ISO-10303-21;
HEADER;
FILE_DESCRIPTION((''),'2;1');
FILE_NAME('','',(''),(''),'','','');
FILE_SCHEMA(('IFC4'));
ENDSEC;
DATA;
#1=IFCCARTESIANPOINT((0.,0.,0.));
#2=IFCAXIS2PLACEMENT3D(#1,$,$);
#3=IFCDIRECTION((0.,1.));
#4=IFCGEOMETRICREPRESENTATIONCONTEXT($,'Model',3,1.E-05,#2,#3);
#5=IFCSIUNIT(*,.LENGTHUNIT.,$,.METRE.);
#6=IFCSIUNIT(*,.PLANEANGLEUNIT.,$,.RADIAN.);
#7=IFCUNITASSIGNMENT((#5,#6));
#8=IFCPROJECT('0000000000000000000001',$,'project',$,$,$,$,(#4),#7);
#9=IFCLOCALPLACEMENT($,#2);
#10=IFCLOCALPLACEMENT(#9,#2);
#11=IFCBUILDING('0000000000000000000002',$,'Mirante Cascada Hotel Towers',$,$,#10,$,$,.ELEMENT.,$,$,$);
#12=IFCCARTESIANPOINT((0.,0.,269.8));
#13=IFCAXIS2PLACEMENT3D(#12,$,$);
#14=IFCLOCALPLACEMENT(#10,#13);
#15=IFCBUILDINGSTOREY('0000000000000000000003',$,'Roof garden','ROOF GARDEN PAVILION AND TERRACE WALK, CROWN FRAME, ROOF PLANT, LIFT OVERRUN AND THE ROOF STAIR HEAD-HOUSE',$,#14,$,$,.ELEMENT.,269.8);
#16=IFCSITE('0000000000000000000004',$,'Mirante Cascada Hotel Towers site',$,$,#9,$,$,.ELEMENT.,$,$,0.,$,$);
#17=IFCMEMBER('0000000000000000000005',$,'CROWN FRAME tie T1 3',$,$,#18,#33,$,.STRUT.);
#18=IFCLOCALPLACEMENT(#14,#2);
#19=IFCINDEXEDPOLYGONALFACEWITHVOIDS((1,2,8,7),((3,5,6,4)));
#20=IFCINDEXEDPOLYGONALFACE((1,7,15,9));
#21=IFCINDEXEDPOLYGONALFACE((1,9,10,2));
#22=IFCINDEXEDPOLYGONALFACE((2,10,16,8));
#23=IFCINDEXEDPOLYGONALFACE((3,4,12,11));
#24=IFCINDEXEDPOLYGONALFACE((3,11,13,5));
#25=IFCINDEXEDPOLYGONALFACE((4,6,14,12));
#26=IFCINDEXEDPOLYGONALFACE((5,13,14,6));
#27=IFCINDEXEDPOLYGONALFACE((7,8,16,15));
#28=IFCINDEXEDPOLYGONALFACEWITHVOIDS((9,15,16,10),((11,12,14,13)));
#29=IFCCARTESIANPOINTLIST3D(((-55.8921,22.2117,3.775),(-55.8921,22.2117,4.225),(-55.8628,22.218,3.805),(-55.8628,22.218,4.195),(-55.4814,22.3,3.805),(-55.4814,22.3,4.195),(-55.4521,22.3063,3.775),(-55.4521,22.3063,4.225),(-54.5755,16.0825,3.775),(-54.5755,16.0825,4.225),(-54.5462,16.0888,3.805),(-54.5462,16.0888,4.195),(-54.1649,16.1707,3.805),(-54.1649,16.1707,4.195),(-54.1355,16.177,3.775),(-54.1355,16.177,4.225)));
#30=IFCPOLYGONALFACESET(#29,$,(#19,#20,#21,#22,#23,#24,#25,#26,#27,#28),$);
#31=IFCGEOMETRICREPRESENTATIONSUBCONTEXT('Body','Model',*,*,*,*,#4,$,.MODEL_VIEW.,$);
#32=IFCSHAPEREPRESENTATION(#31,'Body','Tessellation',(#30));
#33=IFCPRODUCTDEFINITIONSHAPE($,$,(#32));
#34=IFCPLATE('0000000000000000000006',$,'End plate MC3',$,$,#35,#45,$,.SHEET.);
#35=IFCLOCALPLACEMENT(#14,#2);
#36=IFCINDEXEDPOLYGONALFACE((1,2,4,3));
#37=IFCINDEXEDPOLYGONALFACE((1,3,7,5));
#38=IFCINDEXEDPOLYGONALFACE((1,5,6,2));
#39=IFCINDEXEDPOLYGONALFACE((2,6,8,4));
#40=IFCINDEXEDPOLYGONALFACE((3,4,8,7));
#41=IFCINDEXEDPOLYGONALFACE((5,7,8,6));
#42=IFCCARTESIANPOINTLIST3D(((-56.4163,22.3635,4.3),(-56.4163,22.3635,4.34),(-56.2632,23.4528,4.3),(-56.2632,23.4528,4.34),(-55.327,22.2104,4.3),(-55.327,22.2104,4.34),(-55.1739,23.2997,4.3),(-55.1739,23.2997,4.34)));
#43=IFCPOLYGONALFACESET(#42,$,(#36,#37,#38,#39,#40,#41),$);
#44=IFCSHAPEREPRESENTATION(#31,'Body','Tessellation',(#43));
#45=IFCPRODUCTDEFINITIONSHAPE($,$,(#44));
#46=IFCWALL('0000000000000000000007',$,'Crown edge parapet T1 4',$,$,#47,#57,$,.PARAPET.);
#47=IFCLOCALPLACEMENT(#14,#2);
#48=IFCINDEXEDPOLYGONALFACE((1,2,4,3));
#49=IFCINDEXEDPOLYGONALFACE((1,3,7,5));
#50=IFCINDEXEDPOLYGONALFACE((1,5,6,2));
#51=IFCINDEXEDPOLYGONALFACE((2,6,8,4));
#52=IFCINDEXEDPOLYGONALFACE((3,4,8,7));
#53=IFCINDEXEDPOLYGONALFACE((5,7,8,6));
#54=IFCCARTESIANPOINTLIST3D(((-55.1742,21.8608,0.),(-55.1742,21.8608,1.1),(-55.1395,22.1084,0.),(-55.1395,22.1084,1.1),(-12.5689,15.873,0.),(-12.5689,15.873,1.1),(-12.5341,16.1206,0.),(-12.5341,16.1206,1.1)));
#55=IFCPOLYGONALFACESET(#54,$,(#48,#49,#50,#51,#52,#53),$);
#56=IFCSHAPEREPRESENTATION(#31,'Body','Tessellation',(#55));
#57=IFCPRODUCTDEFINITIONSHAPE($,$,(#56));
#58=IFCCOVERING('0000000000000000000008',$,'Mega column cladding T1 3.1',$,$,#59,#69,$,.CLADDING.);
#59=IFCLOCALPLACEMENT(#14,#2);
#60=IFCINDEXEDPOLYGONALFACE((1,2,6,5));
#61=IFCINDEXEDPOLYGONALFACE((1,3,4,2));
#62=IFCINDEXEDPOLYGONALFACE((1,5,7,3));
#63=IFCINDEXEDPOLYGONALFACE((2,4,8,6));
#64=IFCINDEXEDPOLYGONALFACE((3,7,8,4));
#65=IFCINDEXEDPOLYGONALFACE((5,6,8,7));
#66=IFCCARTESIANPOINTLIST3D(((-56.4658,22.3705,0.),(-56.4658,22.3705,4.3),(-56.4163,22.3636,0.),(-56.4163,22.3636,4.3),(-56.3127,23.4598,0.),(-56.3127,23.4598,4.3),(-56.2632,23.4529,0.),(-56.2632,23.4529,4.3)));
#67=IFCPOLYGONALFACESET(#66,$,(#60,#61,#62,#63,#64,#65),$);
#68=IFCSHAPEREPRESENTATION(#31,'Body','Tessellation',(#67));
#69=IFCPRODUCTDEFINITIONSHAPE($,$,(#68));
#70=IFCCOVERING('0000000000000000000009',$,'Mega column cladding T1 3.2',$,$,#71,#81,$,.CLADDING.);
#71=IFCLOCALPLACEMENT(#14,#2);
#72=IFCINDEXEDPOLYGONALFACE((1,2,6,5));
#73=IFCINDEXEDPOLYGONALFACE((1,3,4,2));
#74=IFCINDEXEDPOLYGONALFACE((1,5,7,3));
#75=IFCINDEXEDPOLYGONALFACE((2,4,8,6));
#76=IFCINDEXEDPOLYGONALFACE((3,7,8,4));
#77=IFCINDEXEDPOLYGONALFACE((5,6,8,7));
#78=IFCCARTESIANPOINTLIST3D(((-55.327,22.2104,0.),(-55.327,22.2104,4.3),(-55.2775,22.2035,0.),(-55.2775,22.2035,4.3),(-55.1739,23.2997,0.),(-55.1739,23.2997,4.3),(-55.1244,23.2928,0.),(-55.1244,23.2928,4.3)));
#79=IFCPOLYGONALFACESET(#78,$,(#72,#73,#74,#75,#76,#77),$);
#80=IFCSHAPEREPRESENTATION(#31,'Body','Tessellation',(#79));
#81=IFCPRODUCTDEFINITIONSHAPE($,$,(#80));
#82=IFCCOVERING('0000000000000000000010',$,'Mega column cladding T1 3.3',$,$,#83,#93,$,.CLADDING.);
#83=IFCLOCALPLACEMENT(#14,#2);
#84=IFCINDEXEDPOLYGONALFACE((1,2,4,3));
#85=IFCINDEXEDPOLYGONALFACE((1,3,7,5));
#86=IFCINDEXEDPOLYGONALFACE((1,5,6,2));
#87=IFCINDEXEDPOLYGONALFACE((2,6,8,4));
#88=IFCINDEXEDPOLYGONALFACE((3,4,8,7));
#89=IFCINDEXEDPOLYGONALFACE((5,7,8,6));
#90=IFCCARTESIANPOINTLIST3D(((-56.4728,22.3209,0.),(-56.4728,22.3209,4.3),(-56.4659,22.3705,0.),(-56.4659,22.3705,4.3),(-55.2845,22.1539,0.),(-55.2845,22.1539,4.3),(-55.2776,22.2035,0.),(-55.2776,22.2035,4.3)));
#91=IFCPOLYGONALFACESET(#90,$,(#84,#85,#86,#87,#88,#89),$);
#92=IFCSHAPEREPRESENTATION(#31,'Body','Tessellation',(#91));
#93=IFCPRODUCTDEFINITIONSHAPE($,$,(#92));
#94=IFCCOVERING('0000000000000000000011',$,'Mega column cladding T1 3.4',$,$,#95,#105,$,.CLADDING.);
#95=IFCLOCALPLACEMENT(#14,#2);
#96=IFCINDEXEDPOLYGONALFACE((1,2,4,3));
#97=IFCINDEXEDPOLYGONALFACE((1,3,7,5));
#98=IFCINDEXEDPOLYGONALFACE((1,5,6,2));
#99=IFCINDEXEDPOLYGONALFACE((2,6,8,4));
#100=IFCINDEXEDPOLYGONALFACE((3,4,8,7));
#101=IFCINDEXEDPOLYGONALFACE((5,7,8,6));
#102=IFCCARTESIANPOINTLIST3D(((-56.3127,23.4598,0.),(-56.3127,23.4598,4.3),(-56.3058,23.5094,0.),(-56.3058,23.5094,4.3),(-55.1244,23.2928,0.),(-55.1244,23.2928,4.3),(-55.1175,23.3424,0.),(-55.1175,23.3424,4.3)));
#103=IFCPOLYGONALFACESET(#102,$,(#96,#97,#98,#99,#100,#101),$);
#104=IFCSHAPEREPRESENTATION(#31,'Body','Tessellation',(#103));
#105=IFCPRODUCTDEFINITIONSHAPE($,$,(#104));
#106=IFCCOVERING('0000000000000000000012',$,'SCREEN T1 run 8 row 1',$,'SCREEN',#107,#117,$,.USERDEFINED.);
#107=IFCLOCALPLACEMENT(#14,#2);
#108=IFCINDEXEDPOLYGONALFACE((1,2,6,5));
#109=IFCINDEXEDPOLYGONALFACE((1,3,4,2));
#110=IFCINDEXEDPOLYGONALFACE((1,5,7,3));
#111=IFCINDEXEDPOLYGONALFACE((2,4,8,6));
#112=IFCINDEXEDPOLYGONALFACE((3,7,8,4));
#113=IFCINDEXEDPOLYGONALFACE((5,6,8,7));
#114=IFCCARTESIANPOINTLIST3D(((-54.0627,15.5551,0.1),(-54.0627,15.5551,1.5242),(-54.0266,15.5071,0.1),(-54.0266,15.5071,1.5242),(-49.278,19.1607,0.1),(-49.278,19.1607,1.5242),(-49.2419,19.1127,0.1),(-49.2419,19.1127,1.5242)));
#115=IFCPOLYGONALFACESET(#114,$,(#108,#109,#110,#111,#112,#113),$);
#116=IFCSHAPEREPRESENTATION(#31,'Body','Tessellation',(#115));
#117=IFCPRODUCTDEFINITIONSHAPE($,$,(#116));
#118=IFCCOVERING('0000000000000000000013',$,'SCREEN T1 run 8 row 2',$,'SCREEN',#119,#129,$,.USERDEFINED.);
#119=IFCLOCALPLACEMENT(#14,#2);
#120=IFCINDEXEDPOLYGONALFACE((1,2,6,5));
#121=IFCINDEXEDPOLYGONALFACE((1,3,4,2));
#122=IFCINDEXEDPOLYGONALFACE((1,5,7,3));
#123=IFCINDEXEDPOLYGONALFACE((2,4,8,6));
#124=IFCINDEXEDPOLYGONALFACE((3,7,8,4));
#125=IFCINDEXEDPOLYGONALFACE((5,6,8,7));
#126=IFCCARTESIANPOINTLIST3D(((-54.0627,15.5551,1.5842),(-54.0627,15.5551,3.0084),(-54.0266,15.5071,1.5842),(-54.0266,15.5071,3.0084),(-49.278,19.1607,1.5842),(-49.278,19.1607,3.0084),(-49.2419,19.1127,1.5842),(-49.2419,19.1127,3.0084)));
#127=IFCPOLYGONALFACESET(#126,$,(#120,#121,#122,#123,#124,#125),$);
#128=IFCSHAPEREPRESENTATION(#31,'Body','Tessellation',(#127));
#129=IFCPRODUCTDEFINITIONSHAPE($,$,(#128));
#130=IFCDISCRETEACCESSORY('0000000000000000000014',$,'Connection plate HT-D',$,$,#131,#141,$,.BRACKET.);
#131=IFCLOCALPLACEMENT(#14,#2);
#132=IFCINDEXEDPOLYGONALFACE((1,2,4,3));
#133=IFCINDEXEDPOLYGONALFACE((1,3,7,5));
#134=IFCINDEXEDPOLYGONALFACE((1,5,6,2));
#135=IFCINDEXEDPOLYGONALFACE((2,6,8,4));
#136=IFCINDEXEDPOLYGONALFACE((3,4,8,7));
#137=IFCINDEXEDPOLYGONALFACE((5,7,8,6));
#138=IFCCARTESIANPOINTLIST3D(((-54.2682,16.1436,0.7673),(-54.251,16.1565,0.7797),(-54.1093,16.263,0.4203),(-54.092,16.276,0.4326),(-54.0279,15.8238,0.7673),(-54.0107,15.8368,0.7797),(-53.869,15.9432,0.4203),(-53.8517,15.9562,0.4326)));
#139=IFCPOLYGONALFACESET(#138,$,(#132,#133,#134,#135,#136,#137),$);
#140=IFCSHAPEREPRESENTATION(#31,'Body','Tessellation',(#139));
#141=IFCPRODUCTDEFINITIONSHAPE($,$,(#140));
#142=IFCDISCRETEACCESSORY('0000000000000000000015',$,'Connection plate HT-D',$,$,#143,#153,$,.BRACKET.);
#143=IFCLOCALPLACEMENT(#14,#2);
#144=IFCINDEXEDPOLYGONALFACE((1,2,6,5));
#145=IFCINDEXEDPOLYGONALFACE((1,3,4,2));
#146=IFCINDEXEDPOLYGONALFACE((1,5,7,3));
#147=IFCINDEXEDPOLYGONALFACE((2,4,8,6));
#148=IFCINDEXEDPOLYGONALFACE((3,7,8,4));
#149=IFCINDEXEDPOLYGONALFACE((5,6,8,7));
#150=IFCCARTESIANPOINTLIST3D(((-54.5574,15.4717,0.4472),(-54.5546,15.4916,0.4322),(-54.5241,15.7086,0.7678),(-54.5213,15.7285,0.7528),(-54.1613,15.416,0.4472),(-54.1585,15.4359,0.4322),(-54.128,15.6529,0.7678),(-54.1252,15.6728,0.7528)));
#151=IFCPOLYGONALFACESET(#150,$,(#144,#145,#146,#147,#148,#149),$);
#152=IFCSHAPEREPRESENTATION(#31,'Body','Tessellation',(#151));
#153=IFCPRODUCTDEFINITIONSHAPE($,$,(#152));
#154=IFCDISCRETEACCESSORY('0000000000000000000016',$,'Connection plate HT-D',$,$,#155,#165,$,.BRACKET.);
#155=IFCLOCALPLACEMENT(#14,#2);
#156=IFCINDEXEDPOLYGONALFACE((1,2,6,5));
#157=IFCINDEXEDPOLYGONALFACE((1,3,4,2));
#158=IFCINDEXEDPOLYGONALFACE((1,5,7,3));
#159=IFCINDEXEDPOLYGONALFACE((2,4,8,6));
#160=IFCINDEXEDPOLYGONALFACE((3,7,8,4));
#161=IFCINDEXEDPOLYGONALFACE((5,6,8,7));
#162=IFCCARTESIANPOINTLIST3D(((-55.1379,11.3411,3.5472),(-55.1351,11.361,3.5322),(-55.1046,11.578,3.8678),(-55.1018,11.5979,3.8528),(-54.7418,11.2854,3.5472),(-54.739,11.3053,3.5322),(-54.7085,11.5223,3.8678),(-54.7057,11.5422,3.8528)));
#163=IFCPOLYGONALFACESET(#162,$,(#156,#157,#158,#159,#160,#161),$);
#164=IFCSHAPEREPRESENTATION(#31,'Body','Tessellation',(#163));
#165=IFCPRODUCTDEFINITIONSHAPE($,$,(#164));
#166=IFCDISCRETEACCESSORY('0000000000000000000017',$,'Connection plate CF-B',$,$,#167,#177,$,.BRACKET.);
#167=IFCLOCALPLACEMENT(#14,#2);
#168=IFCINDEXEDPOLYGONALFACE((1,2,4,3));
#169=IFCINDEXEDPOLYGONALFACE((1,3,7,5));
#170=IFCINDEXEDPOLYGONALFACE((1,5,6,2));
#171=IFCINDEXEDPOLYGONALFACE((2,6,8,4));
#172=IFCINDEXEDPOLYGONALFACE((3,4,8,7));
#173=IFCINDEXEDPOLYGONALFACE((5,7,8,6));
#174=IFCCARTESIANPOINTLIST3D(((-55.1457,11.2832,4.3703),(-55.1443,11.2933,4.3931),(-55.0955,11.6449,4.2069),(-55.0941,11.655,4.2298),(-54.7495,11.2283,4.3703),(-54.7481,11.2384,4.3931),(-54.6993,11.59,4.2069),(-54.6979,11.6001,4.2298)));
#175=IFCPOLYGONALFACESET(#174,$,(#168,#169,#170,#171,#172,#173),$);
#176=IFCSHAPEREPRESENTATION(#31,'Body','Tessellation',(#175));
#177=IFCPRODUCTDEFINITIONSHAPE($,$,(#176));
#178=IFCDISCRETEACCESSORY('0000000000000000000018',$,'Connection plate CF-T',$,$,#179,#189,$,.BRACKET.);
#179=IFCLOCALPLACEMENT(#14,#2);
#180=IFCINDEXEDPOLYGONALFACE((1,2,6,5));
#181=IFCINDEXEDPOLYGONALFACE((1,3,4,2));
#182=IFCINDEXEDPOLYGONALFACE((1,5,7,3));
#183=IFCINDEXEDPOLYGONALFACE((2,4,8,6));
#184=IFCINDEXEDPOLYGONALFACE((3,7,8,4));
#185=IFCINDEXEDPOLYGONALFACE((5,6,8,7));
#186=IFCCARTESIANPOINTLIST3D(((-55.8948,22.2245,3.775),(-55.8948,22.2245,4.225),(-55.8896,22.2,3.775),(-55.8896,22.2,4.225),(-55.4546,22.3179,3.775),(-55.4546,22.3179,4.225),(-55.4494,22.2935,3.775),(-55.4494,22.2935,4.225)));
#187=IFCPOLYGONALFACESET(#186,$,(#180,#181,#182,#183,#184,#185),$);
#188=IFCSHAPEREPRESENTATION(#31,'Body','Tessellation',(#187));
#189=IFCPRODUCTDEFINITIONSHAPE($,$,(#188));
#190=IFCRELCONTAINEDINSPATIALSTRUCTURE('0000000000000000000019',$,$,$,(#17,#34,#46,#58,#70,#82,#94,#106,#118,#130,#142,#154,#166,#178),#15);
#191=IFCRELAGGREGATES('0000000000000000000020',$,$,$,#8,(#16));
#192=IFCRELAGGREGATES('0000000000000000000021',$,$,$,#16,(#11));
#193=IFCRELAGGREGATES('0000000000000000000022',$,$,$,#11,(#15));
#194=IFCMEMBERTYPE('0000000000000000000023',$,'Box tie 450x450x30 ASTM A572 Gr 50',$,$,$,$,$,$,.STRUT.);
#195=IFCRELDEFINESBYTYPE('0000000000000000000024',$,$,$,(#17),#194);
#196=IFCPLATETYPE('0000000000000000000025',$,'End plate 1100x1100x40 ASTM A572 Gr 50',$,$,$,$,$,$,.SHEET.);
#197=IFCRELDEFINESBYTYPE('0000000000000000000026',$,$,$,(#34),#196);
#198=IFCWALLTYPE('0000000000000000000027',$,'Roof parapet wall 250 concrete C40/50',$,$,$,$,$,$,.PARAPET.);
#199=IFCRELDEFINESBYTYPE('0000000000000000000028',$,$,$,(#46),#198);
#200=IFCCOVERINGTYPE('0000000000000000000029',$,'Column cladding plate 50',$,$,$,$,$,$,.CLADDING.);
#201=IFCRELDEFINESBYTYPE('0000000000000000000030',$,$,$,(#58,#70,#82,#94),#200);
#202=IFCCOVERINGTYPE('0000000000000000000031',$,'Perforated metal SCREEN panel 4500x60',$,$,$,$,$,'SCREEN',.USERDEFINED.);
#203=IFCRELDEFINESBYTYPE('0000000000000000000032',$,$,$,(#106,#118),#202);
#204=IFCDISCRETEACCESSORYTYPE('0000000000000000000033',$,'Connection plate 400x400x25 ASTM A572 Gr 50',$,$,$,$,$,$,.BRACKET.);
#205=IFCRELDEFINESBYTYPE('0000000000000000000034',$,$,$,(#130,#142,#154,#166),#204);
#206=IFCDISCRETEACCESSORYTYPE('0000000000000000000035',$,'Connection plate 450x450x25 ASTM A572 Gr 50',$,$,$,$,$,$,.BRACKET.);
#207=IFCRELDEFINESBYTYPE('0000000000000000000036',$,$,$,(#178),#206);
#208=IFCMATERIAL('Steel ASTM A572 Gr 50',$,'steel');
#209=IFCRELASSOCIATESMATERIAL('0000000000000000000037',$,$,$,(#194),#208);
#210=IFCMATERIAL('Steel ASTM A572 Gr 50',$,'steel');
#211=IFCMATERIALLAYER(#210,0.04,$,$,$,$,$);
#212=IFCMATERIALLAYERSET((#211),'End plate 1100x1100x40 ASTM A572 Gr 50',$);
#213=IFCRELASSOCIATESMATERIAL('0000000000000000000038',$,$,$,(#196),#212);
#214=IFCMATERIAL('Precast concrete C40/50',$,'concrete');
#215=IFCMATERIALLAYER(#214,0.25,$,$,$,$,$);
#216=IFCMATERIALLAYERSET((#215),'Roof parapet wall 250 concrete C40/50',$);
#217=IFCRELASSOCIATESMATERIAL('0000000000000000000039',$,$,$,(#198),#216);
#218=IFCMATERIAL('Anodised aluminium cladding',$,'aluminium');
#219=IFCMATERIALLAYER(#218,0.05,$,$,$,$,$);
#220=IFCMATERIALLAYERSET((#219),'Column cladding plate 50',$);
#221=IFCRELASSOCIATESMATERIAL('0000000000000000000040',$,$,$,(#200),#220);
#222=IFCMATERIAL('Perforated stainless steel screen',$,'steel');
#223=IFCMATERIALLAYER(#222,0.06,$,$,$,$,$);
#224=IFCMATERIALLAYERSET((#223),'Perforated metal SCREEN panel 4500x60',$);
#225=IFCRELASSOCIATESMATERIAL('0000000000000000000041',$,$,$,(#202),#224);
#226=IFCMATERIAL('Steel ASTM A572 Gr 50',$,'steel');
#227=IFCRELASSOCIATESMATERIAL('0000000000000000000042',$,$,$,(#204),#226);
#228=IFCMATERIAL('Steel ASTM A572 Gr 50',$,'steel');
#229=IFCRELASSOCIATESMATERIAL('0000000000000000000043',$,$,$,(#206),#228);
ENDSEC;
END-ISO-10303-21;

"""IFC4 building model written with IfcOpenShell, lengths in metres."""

from ifc_helpers import new_model, si_unit, direction, frame, frame_2d, origin, origin_2d, place, context, subcontext, project, spatial, rectangle, hollow_rectangle, extrude, material, layer, layer_set, material_profile, profile_set, type_object, element, save


model = new_model("IFC4")

# Units and contexts
model_context = context("Model", 3, precision=1e-05, world=origin(), true_north=direction((0.0, 1.0)))
body_context = subcontext(model_context, "Body", "Model", "MODEL_VIEW")
ifc_project = project(units=[si_unit("LENGTHUNIT", "METRE"), si_unit("PLANEANGLEUNIT", "RADIAN")], contexts=[model_context])

# Site, building, storey
site_placement = place(None, origin())
site = spatial("IfcSite", under=ifc_project, at=site_placement, Name="Mirante Cascada Hotel Towers site", CompositionType="ELEMENT", RefElevation=0.0)
building_placement = place(site_placement, origin())
building = spatial("IfcBuilding", under=site, at=building_placement, Name="Mirante Cascada Hotel Towers", CompositionType="ELEMENT")
storey_placement = place(building_placement, frame((0.0, 0.0, 269.8)))
storey = spatial("IfcBuildingStorey", under=building, at=storey_placement, Name="Roof garden", Description="ROOF GARDEN PAVILION AND TERRACE WALK, CROWN FRAME, ROOF PLANT, LIFT OVERRUN AND THE ROOF STAIR HEAD-HOUSE", CompositionType="ELEMENT", Elevation=269.8)

# Member
ifc_material_1 = material(Name="Steel ASTM A572 Gr 50", Category="steel")
ifc_material_profile_1 = material_profile(ifc_material_1, hollow_rectangle(XDim=0.45, YDim=0.45, WallThickness=0.03, at=origin_2d()), Name="Box tie 450x450x30 ASTM A572 Gr 50")
ifc_profile_set_1 = profile_set([ifc_material_profile_1], Name="Steel ASTM A572 Gr 50")
member_type_1 = type_object("IfcMemberType", Name="Box tie 450x450x30 ASTM A572 Gr 50", PredefinedType="STRUT", material=ifc_profile_set_1)
member_1_placement = place(storey_placement, frame((-55.6721, 22.259, 4.0), z_axis=(0.210014, -0.977698, 0.0), x_axis=(0.977698, 0.210014, 0.0)))
element("IfcMember", 1, at=member_1_placement, inside=storey, type_object=member_type_1, Name="CROWN FRAME tie T1 3", PredefinedType="STRUT", context=body_context, shape_type="SweptSolid", body=[
    extrude(hollow_rectangle(XDim=0.45, YDim=0.45, WallThickness=0.03, at=origin_2d()), origin(), (0.0, 0.0, 1.0), 6.2691),
])

# Plate
ifc_material_2 = material(Name="Steel ASTM A572 Gr 50", Category="steel")
ifc_layer_1 = layer(ifc_material_2, 0.04)
ifc_layer_set_1 = layer_set([ifc_layer_1], Name="End plate 1100x1100x40 ASTM A572 Gr 50")
plate_type = type_object("IfcPlateType", Name="End plate 1100x1100x40 ASTM A572 Gr 50", PredefinedType="SHEET", material=ifc_layer_set_1)
plate_placement = place(storey_placement, frame((-55.7951, 22.8316, 4.3), z_axis=(0.0, 0.0, 1.0), x_axis=(-0.990268, 0.139173, 0.0)))
element("IfcPlate", 2, at=plate_placement, inside=storey, type_object=plate_type, Name="End plate MC3", PredefinedType="SHEET", context=body_context, shape_type="SweptSolid", body=[
    extrude(rectangle(XDim=1.1, YDim=1.1, at=origin_2d()), origin(), (0.0, 0.0, 1.0), 0.04),
])

# Wall
ifc_material_3 = material(Name="Precast concrete C40/50", Category="concrete")
ifc_layer_2 = layer(ifc_material_3, 0.25)
ifc_layer_set_2 = layer_set([ifc_layer_2], Name="Roof parapet wall 250 concrete C40/50")
wall_type = type_object("IfcWallType", Name="Roof parapet wall 250 concrete C40/50", PredefinedType="PARAPET", material=ifc_layer_set_2)
wall_placement = place(storey_placement, frame((-55.1568, 21.9846, 0.0), z_axis=(0.0, 0.0, 1.0), x_axis=(0.990268, -0.139173, 0.0)))
element("IfcWall", 3, at=wall_placement, inside=storey, type_object=wall_type, Name="Crown edge parapet T1 4", PredefinedType="PARAPET", context=body_context, shape_type="SweptSolid", body=[
    extrude(rectangle(XDim=43.0241, YDim=0.25, at=frame_2d((21.512, 0.0))), origin(), (0.0, 0.0, 1.0), 1.1),
])

# Coverings
ifc_material_4 = material(Name="Anodised aluminium cladding", Category="aluminium")
ifc_layer_3 = layer(ifc_material_4, 0.05)
ifc_layer_set_3 = layer_set([ifc_layer_3], Name="Column cladding plate 50")
covering_type_1 = type_object("IfcCoveringType", Name="Column cladding plate 50", PredefinedType="CLADDING", material=ifc_layer_set_3)
for number, where, z_axis, x_axis, name in (
    (4, (-56.3645, 22.9117, 0.0), (0.0, 0.0, 1.0), (-0.990268, 0.139173, 0.0), "Mega column cladding T1 3.1"),
    (5, (-55.2257, 22.7516, 0.0), (0.0, 0.0, 1.0), (-0.990268, 0.139173, 0.0), "Mega column cladding T1 3.2"),
):
    element("IfcCovering", number, at=place(storey_placement, frame(where, z_axis=z_axis, x_axis=x_axis)), inside=storey, type_object=covering_type_1, Name=name, PredefinedType="CLADDING", context=body_context, shape_type="SweptSolid", body=[
        extrude(rectangle(XDim=0.05, YDim=1.1, at=origin_2d()), origin(), (0.0, 0.0, 1.0), 4.3),
    ])
for number, where, z_axis, x_axis, name in (
    (6, (-55.8752, 22.2622, 0.0), (0.0, 0.0, 1.0), (-0.990268, 0.139173, 0.0), "Mega column cladding T1 3.3"),
    (7, (-55.7151, 23.4011, 0.0), (0.0, 0.0, 1.0), (-0.990268, 0.139173, 0.0), "Mega column cladding T1 3.4"),
):
    element("IfcCovering", number, at=place(storey_placement, frame(where, z_axis=z_axis, x_axis=x_axis)), inside=storey, type_object=covering_type_1, Name=name, PredefinedType="CLADDING", context=body_context, shape_type="SweptSolid", body=[
        extrude(rectangle(XDim=1.2, YDim=0.05, at=origin_2d()), origin(), (0.0, 0.0, 1.0), 4.3),
    ])
ifc_material_5 = material(Name="Perforated stainless steel screen", Category="steel")
ifc_layer_4 = layer(ifc_material_5, 0.06)
ifc_layer_set_4 = layer_set([ifc_layer_4], Name="Perforated metal SCREEN panel 4500x60")
covering_type_2 = type_object("IfcCoveringType", Name="Perforated metal SCREEN panel 4500x60", ElementType="SCREEN", PredefinedType="USERDEFINED", material=ifc_layer_set_4)
for number, where, z_axis, x_axis, name in (
    (8, (-51.6523, 17.3339, 0.1), (0.0, 0.0, 1.0), (-0.798636, -0.601815, 0.0), "SCREEN T1 run 8 row 1"),
    (9, (-51.6523, 17.3339, 1.5842), (0.0, 0.0, 1.0), (-0.798636, -0.601815, 0.0), "SCREEN T1 run 8 row 2"),
):
    element("IfcCovering", number, at=place(storey_placement, frame(where, z_axis=z_axis, x_axis=x_axis)), inside=storey, type_object=covering_type_2, Name=name, ObjectType="SCREEN", PredefinedType="USERDEFINED", context=body_context, shape_type="SweptSolid", body=[
        extrude(rectangle(XDim=5.9912, YDim=0.06, at=origin_2d()), origin(), (0.0, 0.0, 1.0), 1.4242),
    ])

# Discrete accessories
ifc_material_6 = material(Name="Steel ASTM A572 Gr 50", Category="steel")
ifc_material_profile_2 = material_profile(ifc_material_6, rectangle(XDim=0.4, YDim=0.4, at=origin_2d()), Name="Connection plate 400x400x25 ASTM A572 Gr 50")
ifc_profile_set_2 = profile_set([ifc_material_profile_2], Name="Steel ASTM A572 Gr 50")
discrete_accessory_type_1 = type_object("IfcDiscreteAccessoryType", Name="Connection plate 400x400x25 ASTM A572 Gr 50", PredefinedType="BRACKET", material=ifc_profile_set_2)
discrete_accessory_1_placement = place(storey_placement, frame((-54.0686, 16.0434, 0.5938), z_axis=(0.693639, 0.521232, 0.497175), x_axis=(-0.600739, 0.799445, 0.0)))
element("IfcDiscreteAccessory", 10, at=discrete_accessory_1_placement, inside=storey, type_object=discrete_accessory_type_1, Name="Connection plate HT-D", PredefinedType="BRACKET", context=body_context, shape_type="SweptSolid", body=[
    extrude(rectangle(XDim=0.4, YDim=0.4, at=origin_2d()), origin(), (0.0, 0.0, 1.0), 0.0249),
])
for number, where, z_axis, x_axis, name in (
    (11, (-54.3399, 15.5822, 0.5925), (-0.111657, -0.79356, 0.59816), (0.990246, -0.139331, 0.0), "Connection plate HT-D"),
    (12, (-54.9204, 11.4516, 3.6925), (-0.111657, -0.79356, 0.59816), (0.990246, -0.139331, 0.0), "Connection plate HT-D"),
):
    element("IfcDiscreteAccessory", number, at=place(storey_placement, frame(where, z_axis=z_axis, x_axis=x_axis)), inside=storey, type_object=discrete_accessory_type_1, Name=name, PredefinedType="BRACKET", context=body_context, shape_type="SweptSolid", body=[
        extrude(rectangle(XDim=0.4, YDim=0.4, at=origin_2d()), origin(), (0.0, 0.0, 1.0), 0.0251),
    ])
discrete_accessory_2_placement = place(storey_placement, frame((-54.9225, 11.4366, 4.2886), z_axis=(0.056053, 0.404385, 0.91287), x_axis=(-0.990529, 0.137301, 0.0)))
element("IfcDiscreteAccessory", 13, at=discrete_accessory_2_placement, inside=storey, type_object=discrete_accessory_type_1, Name="Connection plate CF-B", PredefinedType="BRACKET", context=body_context, shape_type="SweptSolid", body=[
    extrude(rectangle(XDim=0.4, YDim=0.4, at=origin_2d()), origin(), (0.0, 0.0, 1.0), 0.025),
])
ifc_material_7 = material(Name="Steel ASTM A572 Gr 50", Category="steel")
ifc_material_profile_3 = material_profile(ifc_material_7, rectangle(XDim=0.45, YDim=0.45, at=origin_2d()), Name="Connection plate 450x450x25 ASTM A572 Gr 50")
ifc_profile_set_3 = profile_set([ifc_material_profile_3], Name="Steel ASTM A572 Gr 50")
discrete_accessory_type_2 = type_object("IfcDiscreteAccessoryType", Name="Connection plate 450x450x25 ASTM A572 Gr 50", PredefinedType="BRACKET", material=ifc_profile_set_3)
discrete_accessory_3_placement = place(storey_placement, frame((-55.6747, 22.2712, 4.0), z_axis=(0.20762, -0.97821, 0.0), x_axis=(0.97821, 0.20762, 0.0)))
element("IfcDiscreteAccessory", 14, at=discrete_accessory_3_placement, inside=storey, type_object=discrete_accessory_type_2, Name="Connection plate CF-T", PredefinedType="BRACKET", context=body_context, shape_type="SweptSolid", body=[
    extrude(rectangle(XDim=0.45, YDim=0.45, at=origin_2d()), origin(), (0.0, 0.0, 1.0), 0.025),
])

save(model, "model.ifc")
